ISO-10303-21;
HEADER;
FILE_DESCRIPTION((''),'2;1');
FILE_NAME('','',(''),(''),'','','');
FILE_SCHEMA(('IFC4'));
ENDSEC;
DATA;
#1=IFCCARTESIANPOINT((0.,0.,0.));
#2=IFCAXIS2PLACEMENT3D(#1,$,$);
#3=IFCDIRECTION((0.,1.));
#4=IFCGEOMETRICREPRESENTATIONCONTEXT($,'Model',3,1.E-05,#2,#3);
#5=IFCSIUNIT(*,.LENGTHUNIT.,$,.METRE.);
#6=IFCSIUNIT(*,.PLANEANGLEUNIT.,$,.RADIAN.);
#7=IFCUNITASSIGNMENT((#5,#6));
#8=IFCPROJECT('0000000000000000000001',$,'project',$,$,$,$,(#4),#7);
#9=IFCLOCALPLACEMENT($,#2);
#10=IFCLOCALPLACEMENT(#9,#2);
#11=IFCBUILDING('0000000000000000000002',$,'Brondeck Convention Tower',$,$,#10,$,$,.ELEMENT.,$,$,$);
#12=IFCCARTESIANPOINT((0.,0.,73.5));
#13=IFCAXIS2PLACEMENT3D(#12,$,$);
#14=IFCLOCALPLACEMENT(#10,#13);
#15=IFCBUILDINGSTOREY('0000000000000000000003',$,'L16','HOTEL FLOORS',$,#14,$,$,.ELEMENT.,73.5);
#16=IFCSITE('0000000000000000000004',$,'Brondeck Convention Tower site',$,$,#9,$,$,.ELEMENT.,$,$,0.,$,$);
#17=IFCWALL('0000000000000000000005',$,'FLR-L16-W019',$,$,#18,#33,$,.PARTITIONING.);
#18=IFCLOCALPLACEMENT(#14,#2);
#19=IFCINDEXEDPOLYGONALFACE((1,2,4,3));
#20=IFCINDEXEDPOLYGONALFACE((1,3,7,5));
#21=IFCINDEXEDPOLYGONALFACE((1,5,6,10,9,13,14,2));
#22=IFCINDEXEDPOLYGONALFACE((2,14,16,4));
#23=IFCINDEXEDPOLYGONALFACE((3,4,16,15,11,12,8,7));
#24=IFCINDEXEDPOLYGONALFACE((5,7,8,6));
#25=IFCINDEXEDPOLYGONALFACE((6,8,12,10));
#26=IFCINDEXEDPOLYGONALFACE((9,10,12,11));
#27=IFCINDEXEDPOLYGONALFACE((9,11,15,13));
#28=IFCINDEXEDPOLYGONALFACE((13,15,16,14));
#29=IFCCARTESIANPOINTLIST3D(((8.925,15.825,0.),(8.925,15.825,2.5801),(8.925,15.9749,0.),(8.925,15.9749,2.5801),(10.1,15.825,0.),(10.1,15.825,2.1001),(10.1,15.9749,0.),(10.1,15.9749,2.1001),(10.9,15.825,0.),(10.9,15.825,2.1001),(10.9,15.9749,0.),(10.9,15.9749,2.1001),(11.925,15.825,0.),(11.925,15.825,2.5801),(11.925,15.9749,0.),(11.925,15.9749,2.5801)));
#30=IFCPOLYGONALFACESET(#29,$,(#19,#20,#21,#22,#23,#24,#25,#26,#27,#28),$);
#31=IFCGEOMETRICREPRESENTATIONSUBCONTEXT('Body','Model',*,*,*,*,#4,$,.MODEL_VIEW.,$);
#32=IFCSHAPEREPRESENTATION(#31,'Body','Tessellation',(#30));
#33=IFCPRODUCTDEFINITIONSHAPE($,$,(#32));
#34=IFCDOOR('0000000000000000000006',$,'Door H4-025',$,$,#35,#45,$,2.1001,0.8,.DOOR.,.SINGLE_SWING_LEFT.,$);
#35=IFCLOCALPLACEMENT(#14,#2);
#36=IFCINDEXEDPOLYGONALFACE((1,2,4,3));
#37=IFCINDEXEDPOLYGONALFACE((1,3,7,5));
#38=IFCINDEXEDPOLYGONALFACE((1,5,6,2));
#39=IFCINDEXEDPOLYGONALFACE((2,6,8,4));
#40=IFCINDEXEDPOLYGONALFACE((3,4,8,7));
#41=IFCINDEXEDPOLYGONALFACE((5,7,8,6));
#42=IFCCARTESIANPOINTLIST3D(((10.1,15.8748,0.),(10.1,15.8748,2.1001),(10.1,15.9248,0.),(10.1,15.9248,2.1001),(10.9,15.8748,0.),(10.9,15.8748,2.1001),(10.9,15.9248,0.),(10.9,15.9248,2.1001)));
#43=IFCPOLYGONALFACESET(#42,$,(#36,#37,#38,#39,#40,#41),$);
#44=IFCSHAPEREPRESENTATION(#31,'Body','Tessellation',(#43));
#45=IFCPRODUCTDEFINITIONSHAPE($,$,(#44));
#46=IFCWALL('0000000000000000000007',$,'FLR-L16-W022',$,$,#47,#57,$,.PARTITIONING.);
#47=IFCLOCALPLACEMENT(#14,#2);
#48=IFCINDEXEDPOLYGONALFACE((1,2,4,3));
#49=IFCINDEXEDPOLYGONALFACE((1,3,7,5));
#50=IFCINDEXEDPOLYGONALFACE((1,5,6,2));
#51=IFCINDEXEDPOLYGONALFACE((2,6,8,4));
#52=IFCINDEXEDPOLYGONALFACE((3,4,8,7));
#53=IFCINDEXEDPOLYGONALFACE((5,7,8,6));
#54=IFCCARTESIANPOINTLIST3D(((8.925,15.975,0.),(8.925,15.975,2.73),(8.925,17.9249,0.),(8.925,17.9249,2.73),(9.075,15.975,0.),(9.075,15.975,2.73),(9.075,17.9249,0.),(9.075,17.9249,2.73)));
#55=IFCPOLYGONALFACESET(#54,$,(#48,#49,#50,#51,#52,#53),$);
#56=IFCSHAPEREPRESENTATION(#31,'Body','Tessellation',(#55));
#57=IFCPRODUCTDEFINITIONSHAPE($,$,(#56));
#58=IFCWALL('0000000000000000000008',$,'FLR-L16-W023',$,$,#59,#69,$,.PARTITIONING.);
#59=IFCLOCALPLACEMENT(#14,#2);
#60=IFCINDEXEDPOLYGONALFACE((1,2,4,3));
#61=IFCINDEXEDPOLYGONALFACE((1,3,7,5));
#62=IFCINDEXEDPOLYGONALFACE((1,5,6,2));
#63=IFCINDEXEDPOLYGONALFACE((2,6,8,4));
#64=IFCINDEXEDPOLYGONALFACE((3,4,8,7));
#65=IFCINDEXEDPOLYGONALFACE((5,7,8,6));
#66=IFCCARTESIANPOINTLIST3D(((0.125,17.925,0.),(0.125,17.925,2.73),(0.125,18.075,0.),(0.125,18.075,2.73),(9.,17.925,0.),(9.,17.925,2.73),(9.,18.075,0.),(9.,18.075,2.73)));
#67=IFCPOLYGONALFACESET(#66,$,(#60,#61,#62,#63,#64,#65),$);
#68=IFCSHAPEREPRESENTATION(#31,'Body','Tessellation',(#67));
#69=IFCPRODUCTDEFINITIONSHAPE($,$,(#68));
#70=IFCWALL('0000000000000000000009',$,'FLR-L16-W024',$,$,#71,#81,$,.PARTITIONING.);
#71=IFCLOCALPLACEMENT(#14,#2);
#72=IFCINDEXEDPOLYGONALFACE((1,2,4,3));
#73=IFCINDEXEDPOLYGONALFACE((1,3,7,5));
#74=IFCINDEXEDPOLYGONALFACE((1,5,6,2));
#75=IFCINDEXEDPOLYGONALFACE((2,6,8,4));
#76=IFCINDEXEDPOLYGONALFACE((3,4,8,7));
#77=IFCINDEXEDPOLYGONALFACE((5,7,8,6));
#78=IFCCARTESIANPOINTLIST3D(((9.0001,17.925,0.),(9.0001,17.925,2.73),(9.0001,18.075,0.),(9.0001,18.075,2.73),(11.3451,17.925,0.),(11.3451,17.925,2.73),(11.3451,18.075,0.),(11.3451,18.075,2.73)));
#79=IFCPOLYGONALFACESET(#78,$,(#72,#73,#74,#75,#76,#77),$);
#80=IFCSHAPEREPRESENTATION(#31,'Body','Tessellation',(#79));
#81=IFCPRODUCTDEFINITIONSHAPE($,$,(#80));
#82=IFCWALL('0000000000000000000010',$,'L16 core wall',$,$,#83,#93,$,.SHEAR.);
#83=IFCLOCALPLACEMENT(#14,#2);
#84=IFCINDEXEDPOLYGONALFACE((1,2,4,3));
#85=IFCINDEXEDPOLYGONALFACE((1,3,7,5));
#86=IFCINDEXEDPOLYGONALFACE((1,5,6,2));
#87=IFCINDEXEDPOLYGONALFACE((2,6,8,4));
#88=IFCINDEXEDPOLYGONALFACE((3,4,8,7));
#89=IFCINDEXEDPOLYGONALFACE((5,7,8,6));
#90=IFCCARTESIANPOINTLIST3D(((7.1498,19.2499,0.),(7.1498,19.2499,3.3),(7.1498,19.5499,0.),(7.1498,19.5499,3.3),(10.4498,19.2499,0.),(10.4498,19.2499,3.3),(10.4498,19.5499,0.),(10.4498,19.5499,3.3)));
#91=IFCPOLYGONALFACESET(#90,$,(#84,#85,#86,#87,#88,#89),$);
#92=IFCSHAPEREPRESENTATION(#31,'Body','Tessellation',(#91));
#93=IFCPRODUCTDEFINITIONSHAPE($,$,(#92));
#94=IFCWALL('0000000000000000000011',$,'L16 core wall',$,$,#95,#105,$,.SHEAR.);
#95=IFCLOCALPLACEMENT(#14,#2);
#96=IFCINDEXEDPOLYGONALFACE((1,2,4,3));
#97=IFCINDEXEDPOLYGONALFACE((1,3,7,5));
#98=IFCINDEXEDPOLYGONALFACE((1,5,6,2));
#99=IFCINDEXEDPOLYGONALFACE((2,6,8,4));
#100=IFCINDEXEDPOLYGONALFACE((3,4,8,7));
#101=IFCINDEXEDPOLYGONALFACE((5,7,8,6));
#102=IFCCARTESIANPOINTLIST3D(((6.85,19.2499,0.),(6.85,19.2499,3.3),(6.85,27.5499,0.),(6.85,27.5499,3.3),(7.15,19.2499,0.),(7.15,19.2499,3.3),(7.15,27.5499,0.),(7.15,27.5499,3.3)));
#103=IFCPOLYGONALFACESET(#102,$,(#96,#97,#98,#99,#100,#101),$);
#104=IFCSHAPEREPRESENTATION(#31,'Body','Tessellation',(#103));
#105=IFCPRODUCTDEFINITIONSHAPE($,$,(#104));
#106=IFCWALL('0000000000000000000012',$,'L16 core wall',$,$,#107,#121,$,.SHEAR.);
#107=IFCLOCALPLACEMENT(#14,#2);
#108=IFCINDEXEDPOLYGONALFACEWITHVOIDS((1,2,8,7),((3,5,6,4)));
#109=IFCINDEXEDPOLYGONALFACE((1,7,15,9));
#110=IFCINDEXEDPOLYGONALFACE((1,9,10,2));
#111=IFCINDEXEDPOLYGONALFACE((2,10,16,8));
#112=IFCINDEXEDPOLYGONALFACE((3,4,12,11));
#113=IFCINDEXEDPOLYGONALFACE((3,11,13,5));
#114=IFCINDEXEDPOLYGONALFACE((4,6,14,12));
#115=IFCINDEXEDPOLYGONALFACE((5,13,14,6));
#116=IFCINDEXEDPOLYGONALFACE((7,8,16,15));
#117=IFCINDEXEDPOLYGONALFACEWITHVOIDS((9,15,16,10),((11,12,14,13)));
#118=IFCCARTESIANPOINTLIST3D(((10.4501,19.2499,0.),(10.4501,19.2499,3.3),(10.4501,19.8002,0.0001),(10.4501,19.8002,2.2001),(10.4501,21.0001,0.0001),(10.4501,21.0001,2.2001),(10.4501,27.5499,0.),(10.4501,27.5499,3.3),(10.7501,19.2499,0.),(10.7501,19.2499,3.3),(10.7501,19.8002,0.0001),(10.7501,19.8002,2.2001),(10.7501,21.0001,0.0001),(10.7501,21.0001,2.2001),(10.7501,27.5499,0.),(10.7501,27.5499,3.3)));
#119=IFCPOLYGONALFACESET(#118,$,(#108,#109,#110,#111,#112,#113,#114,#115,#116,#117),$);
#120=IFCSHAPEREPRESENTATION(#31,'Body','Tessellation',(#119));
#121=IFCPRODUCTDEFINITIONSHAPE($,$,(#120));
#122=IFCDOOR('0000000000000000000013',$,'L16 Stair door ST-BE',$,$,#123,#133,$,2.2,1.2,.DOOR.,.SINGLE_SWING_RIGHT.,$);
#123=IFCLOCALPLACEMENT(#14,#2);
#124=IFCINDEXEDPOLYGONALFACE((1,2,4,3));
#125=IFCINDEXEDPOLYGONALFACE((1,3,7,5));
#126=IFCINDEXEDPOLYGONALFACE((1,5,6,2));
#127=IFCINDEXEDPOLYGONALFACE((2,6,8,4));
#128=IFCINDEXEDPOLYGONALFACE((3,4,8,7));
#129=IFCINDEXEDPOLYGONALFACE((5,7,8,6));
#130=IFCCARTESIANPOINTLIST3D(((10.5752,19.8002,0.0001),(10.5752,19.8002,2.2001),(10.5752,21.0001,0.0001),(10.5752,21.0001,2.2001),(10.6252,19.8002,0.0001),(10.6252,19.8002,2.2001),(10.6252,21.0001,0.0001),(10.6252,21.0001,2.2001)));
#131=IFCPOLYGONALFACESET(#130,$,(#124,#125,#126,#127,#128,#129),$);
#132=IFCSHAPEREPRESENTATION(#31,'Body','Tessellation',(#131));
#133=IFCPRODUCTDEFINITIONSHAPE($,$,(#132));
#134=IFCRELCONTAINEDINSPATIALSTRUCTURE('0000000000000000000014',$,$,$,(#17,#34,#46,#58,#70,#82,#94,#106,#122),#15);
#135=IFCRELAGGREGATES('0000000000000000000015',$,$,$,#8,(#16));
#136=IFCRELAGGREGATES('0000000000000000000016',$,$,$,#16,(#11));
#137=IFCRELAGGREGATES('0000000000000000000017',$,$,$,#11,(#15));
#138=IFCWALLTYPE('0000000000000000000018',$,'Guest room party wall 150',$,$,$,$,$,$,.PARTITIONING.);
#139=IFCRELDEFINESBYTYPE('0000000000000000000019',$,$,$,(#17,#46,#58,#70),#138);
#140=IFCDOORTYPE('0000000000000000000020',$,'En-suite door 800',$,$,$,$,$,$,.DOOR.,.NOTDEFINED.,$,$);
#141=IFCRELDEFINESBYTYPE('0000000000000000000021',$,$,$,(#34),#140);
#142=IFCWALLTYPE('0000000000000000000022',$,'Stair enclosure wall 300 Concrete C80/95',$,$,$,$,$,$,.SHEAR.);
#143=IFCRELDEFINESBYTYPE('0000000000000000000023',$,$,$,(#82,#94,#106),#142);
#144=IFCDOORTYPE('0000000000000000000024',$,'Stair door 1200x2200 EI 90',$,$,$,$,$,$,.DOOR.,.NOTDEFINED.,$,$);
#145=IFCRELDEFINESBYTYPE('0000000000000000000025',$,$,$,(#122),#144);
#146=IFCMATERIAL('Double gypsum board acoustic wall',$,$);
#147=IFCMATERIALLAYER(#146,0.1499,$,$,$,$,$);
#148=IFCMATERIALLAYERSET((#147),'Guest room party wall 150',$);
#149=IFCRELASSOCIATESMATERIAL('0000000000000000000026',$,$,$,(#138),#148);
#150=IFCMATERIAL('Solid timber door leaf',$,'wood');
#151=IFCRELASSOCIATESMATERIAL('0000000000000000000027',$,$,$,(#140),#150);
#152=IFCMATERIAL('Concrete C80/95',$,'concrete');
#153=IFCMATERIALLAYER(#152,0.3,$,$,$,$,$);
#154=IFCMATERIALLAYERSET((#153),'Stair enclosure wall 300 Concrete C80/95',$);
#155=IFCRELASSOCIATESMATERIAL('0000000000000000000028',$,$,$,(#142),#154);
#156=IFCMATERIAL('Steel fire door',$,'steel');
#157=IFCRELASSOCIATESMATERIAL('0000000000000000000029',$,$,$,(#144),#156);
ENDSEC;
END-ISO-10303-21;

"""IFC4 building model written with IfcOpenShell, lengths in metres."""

from ifc_helpers import new_model, si_unit, direction, frame, frame_2d, origin, place, context, subcontext, project, spatial, rectangle, extrude, material, layer, layer_set, type_object, element, fill, save


model = new_model("IFC4")

# Units and contexts
model_context = context("Model", 3, precision=1e-05, world=origin(), true_north=direction((0.0, 1.0)))
body_context = subcontext(model_context, "Body", "Model", "MODEL_VIEW")
ifc_project = project(units=[si_unit("LENGTHUNIT", "METRE"), si_unit("PLANEANGLEUNIT", "RADIAN")], contexts=[model_context])

# Site, building, storey
site_placement = place(None, origin())
site = spatial("IfcSite", under=ifc_project, at=site_placement, Name="Brondeck Convention Tower site", CompositionType="ELEMENT", RefElevation=0.0)
building_placement = place(site_placement, origin())
building = spatial("IfcBuilding", under=site, at=building_placement, Name="Brondeck Convention Tower", CompositionType="ELEMENT")
storey_placement = place(building_placement, frame((0.0, 0.0, 73.5)))
storey = spatial("IfcBuildingStorey", under=building, at=storey_placement, Name="L16", Description="HOTEL FLOORS", CompositionType="ELEMENT", Elevation=73.5)

# Shared definitions
ifc_material_1 = material(Name="Concrete C80/95", Category="concrete")

# Shared definitions
ifc_material_2 = material(Name="Double gypsum board acoustic wall")
ifc_layer_1 = layer(ifc_material_2, 0.1499)
ifc_layer_set_1 = layer_set([ifc_layer_1], Name="Guest room party wall 150")
wall_type_1 = type_object("IfcWallType", Name="Guest room party wall 150", PredefinedType="PARTITIONING", material=ifc_layer_set_1)

# Wall, opening, door
wall_1_placement = place(storey_placement, frame((8.925, 15.8999, 0.0), z_axis=(0.0, 0.0, 1.0), x_axis=(1.0, 0.0, 0.0)))
wall_1 = element("IfcWall", 1, at=wall_1_placement, inside=storey, type_object=wall_type_1, Name="FLR-L16-W019", PredefinedType="PARTITIONING", context=body_context, shape_type="SweptSolid", body=[
    extrude(rectangle(XDim=3.0, YDim=0.1499, at=frame_2d((1.5, 0.0))), origin(), (0.0, 0.0, 1.0), 2.5801),
])
opening_1_placement = place(wall_1_placement, frame((1.175, 0.0, 0.0)))
opening_1 = element("IfcOpeningElement", 2, at=opening_1_placement, cuts=wall_1, PredefinedType="OPENING", context=body_context, shape_type="SweptSolid", body=[
    extrude(rectangle(XDim=0.8, YDim=2.1001, at=frame_2d((0.3999, 1.05))), frame((0.0, 0.085, 0.0), z_axis=(0.0, -1.0, 0.0), x_axis=(1.0, 0.0, 0.0)), (0.0, 0.0, 1.0), 0.1699),
])
ifc_material_3 = material(Name="Solid timber door leaf", Category="wood")
door_type_1 = type_object("IfcDoorType", Name="En-suite door 800", OperationType="NOTDEFINED", PredefinedType="DOOR", material=ifc_material_3)
door_1_placement = place(opening_1_placement, origin())
door_1 = element("IfcDoor", 3, at=door_1_placement, inside=storey, type_object=door_type_1, Name="Door H4-025", OperationType="SINGLE_SWING_LEFT", OverallHeight=2.1001, OverallWidth=0.8, PredefinedType="DOOR", context=body_context, shape_type="SweptSolid", body=[
    extrude(rectangle(XDim=0.8, YDim=2.1001, at=frame_2d((0.3999, 1.05))), frame((0.0, 0.0249, 0.0), z_axis=(0.0, -1.0, 0.0), x_axis=(1.0, 0.0, 0.0)), (0.0, 0.0, 1.0), 0.05),
])
fill(opening_1, door_1)

# Walls
wall_2_placement = place(storey_placement, frame((9.0, 17.925, 0.0), z_axis=(0.0, 0.0, 1.0), x_axis=(0.0, -1.0, 0.0)))
element("IfcWall", 4, at=wall_2_placement, inside=storey, type_object=wall_type_1, Name="FLR-L16-W022", PredefinedType="PARTITIONING", context=body_context, shape_type="SweptSolid", body=[
    extrude(rectangle(XDim=1.95, YDim=0.1499, at=frame_2d((0.9751, 0.0))), origin(), (0.0, 0.0, 1.0), 2.73),
])
wall_3_placement = place(storey_placement, frame((9.0, 18.0, 0.0), z_axis=(0.0, 0.0, 1.0), x_axis=(-1.0, 0.0, 0.0)))
element("IfcWall", 5, at=wall_3_placement, inside=storey, type_object=wall_type_1, Name="FLR-L16-W023", PredefinedType="PARTITIONING", context=body_context, shape_type="SweptSolid", body=[
    extrude(rectangle(XDim=8.875, YDim=0.1499, at=frame_2d((4.4375, 0.0))), origin(), (0.0, 0.0, 1.0), 2.73),
])
wall_4_placement = place(storey_placement, frame((11.345, 18.0, 0.0), z_axis=(0.0, 0.0, 1.0), x_axis=(-1.0, 0.0, 0.0)))
element("IfcWall", 6, at=wall_4_placement, inside=storey, type_object=wall_type_1, Name="FLR-L16-W024", PredefinedType="PARTITIONING", context=body_context, shape_type="SweptSolid", body=[
    extrude(rectangle(XDim=2.345, YDim=0.1499, at=frame_2d((1.1724, 0.0))), origin(), (0.0, 0.0, 1.0), 2.73),
])
ifc_layer_2 = layer(ifc_material_1, 0.3)
ifc_layer_set_2 = layer_set([ifc_layer_2], Name="Stair enclosure wall 300 Concrete C80/95")
wall_type_2 = type_object("IfcWallType", Name="Stair enclosure wall 300 Concrete C80/95", PredefinedType="SHEAR", material=ifc_layer_set_2)
wall_5_placement = place(storey_placement, frame((7.1499, 19.3999, 0.0), z_axis=(0.0, 0.0, 1.0), x_axis=(1.0, 0.0, 0.0)))
element("IfcWall", 7, at=wall_5_placement, inside=storey, type_object=wall_type_2, Name="L16 core wall", PredefinedType="SHEAR", context=body_context, shape_type="SweptSolid", body=[
    extrude(rectangle(XDim=3.3, YDim=0.3, at=frame_2d((1.6499, 0.0))), origin(), (0.0, 0.0, 1.0), 3.3),
])
wall_6_placement = place(storey_placement, frame((7.0, 19.25, 0.0), z_axis=(0.0, 0.0, 1.0), x_axis=(0.0, 1.0, 0.0)))
element("IfcWall", 8, at=wall_6_placement, inside=storey, type_object=wall_type_2, Name="L16 core wall", PredefinedType="SHEAR", context=body_context, shape_type="SweptSolid", body=[
    extrude(rectangle(XDim=8.3, YDim=0.3, at=frame_2d((4.1499, 0.0))), origin(), (0.0, 0.0, 1.0), 3.3),
])

# Wall, opening, door
wall_7_placement = place(storey_placement, frame((10.6001, 19.25, 0.0), z_axis=(0.0, 0.0, 1.0), x_axis=(0.0, 1.0, 0.0)))
wall_7 = element("IfcWall", 9, at=wall_7_placement, inside=storey, type_object=wall_type_2, Name="L16 core wall", PredefinedType="SHEAR", context=body_context, shape_type="SweptSolid", body=[
    extrude(rectangle(XDim=8.3, YDim=0.3, at=frame_2d((4.1499, 0.0))), origin(), (0.0, 0.0, 1.0), 3.3),
])
opening_2_placement = place(wall_7_placement, frame((0.55, 0.0, 0.0)))
opening_2 = element("IfcOpeningElement", 10, at=opening_2_placement, cuts=wall_7, PredefinedType="OPENING", context=body_context, shape_type="SweptSolid", body=[
    extrude(rectangle(XDim=1.2, YDim=2.2, at=frame_2d((0.6001, 1.1001))), frame((0.0, 0.1599, 0.0), z_axis=(0.0, -1.0, 0.0), x_axis=(1.0, 0.0, 0.0)), (0.0, 0.0, 1.0), 0.3201),
])
ifc_material_4 = material(Name="Steel fire door", Category="steel")
door_type_2 = type_object("IfcDoorType", Name="Stair door 1200x2200 EI 90", OperationType="NOTDEFINED", PredefinedType="DOOR", material=ifc_material_4)
door_2_placement = place(opening_2_placement, origin())
door_2 = element("IfcDoor", 11, at=door_2_placement, inside=storey, type_object=door_type_2, Name="L16 Stair door ST-BE", OperationType="SINGLE_SWING_RIGHT", OverallHeight=2.2, OverallWidth=1.2, PredefinedType="DOOR", context=body_context, shape_type="SweptSolid", body=[
    extrude(rectangle(XDim=1.2, YDim=2.2, at=frame_2d((0.6001, 1.1001))), frame((0.0, 0.0249, 0.0), z_axis=(0.0, -1.0, 0.0), x_axis=(1.0, 0.0, 0.0)), (0.0, 0.0, 1.0), 0.05),
])
fill(opening_2, door_2)

save(model, "model.ifc")
